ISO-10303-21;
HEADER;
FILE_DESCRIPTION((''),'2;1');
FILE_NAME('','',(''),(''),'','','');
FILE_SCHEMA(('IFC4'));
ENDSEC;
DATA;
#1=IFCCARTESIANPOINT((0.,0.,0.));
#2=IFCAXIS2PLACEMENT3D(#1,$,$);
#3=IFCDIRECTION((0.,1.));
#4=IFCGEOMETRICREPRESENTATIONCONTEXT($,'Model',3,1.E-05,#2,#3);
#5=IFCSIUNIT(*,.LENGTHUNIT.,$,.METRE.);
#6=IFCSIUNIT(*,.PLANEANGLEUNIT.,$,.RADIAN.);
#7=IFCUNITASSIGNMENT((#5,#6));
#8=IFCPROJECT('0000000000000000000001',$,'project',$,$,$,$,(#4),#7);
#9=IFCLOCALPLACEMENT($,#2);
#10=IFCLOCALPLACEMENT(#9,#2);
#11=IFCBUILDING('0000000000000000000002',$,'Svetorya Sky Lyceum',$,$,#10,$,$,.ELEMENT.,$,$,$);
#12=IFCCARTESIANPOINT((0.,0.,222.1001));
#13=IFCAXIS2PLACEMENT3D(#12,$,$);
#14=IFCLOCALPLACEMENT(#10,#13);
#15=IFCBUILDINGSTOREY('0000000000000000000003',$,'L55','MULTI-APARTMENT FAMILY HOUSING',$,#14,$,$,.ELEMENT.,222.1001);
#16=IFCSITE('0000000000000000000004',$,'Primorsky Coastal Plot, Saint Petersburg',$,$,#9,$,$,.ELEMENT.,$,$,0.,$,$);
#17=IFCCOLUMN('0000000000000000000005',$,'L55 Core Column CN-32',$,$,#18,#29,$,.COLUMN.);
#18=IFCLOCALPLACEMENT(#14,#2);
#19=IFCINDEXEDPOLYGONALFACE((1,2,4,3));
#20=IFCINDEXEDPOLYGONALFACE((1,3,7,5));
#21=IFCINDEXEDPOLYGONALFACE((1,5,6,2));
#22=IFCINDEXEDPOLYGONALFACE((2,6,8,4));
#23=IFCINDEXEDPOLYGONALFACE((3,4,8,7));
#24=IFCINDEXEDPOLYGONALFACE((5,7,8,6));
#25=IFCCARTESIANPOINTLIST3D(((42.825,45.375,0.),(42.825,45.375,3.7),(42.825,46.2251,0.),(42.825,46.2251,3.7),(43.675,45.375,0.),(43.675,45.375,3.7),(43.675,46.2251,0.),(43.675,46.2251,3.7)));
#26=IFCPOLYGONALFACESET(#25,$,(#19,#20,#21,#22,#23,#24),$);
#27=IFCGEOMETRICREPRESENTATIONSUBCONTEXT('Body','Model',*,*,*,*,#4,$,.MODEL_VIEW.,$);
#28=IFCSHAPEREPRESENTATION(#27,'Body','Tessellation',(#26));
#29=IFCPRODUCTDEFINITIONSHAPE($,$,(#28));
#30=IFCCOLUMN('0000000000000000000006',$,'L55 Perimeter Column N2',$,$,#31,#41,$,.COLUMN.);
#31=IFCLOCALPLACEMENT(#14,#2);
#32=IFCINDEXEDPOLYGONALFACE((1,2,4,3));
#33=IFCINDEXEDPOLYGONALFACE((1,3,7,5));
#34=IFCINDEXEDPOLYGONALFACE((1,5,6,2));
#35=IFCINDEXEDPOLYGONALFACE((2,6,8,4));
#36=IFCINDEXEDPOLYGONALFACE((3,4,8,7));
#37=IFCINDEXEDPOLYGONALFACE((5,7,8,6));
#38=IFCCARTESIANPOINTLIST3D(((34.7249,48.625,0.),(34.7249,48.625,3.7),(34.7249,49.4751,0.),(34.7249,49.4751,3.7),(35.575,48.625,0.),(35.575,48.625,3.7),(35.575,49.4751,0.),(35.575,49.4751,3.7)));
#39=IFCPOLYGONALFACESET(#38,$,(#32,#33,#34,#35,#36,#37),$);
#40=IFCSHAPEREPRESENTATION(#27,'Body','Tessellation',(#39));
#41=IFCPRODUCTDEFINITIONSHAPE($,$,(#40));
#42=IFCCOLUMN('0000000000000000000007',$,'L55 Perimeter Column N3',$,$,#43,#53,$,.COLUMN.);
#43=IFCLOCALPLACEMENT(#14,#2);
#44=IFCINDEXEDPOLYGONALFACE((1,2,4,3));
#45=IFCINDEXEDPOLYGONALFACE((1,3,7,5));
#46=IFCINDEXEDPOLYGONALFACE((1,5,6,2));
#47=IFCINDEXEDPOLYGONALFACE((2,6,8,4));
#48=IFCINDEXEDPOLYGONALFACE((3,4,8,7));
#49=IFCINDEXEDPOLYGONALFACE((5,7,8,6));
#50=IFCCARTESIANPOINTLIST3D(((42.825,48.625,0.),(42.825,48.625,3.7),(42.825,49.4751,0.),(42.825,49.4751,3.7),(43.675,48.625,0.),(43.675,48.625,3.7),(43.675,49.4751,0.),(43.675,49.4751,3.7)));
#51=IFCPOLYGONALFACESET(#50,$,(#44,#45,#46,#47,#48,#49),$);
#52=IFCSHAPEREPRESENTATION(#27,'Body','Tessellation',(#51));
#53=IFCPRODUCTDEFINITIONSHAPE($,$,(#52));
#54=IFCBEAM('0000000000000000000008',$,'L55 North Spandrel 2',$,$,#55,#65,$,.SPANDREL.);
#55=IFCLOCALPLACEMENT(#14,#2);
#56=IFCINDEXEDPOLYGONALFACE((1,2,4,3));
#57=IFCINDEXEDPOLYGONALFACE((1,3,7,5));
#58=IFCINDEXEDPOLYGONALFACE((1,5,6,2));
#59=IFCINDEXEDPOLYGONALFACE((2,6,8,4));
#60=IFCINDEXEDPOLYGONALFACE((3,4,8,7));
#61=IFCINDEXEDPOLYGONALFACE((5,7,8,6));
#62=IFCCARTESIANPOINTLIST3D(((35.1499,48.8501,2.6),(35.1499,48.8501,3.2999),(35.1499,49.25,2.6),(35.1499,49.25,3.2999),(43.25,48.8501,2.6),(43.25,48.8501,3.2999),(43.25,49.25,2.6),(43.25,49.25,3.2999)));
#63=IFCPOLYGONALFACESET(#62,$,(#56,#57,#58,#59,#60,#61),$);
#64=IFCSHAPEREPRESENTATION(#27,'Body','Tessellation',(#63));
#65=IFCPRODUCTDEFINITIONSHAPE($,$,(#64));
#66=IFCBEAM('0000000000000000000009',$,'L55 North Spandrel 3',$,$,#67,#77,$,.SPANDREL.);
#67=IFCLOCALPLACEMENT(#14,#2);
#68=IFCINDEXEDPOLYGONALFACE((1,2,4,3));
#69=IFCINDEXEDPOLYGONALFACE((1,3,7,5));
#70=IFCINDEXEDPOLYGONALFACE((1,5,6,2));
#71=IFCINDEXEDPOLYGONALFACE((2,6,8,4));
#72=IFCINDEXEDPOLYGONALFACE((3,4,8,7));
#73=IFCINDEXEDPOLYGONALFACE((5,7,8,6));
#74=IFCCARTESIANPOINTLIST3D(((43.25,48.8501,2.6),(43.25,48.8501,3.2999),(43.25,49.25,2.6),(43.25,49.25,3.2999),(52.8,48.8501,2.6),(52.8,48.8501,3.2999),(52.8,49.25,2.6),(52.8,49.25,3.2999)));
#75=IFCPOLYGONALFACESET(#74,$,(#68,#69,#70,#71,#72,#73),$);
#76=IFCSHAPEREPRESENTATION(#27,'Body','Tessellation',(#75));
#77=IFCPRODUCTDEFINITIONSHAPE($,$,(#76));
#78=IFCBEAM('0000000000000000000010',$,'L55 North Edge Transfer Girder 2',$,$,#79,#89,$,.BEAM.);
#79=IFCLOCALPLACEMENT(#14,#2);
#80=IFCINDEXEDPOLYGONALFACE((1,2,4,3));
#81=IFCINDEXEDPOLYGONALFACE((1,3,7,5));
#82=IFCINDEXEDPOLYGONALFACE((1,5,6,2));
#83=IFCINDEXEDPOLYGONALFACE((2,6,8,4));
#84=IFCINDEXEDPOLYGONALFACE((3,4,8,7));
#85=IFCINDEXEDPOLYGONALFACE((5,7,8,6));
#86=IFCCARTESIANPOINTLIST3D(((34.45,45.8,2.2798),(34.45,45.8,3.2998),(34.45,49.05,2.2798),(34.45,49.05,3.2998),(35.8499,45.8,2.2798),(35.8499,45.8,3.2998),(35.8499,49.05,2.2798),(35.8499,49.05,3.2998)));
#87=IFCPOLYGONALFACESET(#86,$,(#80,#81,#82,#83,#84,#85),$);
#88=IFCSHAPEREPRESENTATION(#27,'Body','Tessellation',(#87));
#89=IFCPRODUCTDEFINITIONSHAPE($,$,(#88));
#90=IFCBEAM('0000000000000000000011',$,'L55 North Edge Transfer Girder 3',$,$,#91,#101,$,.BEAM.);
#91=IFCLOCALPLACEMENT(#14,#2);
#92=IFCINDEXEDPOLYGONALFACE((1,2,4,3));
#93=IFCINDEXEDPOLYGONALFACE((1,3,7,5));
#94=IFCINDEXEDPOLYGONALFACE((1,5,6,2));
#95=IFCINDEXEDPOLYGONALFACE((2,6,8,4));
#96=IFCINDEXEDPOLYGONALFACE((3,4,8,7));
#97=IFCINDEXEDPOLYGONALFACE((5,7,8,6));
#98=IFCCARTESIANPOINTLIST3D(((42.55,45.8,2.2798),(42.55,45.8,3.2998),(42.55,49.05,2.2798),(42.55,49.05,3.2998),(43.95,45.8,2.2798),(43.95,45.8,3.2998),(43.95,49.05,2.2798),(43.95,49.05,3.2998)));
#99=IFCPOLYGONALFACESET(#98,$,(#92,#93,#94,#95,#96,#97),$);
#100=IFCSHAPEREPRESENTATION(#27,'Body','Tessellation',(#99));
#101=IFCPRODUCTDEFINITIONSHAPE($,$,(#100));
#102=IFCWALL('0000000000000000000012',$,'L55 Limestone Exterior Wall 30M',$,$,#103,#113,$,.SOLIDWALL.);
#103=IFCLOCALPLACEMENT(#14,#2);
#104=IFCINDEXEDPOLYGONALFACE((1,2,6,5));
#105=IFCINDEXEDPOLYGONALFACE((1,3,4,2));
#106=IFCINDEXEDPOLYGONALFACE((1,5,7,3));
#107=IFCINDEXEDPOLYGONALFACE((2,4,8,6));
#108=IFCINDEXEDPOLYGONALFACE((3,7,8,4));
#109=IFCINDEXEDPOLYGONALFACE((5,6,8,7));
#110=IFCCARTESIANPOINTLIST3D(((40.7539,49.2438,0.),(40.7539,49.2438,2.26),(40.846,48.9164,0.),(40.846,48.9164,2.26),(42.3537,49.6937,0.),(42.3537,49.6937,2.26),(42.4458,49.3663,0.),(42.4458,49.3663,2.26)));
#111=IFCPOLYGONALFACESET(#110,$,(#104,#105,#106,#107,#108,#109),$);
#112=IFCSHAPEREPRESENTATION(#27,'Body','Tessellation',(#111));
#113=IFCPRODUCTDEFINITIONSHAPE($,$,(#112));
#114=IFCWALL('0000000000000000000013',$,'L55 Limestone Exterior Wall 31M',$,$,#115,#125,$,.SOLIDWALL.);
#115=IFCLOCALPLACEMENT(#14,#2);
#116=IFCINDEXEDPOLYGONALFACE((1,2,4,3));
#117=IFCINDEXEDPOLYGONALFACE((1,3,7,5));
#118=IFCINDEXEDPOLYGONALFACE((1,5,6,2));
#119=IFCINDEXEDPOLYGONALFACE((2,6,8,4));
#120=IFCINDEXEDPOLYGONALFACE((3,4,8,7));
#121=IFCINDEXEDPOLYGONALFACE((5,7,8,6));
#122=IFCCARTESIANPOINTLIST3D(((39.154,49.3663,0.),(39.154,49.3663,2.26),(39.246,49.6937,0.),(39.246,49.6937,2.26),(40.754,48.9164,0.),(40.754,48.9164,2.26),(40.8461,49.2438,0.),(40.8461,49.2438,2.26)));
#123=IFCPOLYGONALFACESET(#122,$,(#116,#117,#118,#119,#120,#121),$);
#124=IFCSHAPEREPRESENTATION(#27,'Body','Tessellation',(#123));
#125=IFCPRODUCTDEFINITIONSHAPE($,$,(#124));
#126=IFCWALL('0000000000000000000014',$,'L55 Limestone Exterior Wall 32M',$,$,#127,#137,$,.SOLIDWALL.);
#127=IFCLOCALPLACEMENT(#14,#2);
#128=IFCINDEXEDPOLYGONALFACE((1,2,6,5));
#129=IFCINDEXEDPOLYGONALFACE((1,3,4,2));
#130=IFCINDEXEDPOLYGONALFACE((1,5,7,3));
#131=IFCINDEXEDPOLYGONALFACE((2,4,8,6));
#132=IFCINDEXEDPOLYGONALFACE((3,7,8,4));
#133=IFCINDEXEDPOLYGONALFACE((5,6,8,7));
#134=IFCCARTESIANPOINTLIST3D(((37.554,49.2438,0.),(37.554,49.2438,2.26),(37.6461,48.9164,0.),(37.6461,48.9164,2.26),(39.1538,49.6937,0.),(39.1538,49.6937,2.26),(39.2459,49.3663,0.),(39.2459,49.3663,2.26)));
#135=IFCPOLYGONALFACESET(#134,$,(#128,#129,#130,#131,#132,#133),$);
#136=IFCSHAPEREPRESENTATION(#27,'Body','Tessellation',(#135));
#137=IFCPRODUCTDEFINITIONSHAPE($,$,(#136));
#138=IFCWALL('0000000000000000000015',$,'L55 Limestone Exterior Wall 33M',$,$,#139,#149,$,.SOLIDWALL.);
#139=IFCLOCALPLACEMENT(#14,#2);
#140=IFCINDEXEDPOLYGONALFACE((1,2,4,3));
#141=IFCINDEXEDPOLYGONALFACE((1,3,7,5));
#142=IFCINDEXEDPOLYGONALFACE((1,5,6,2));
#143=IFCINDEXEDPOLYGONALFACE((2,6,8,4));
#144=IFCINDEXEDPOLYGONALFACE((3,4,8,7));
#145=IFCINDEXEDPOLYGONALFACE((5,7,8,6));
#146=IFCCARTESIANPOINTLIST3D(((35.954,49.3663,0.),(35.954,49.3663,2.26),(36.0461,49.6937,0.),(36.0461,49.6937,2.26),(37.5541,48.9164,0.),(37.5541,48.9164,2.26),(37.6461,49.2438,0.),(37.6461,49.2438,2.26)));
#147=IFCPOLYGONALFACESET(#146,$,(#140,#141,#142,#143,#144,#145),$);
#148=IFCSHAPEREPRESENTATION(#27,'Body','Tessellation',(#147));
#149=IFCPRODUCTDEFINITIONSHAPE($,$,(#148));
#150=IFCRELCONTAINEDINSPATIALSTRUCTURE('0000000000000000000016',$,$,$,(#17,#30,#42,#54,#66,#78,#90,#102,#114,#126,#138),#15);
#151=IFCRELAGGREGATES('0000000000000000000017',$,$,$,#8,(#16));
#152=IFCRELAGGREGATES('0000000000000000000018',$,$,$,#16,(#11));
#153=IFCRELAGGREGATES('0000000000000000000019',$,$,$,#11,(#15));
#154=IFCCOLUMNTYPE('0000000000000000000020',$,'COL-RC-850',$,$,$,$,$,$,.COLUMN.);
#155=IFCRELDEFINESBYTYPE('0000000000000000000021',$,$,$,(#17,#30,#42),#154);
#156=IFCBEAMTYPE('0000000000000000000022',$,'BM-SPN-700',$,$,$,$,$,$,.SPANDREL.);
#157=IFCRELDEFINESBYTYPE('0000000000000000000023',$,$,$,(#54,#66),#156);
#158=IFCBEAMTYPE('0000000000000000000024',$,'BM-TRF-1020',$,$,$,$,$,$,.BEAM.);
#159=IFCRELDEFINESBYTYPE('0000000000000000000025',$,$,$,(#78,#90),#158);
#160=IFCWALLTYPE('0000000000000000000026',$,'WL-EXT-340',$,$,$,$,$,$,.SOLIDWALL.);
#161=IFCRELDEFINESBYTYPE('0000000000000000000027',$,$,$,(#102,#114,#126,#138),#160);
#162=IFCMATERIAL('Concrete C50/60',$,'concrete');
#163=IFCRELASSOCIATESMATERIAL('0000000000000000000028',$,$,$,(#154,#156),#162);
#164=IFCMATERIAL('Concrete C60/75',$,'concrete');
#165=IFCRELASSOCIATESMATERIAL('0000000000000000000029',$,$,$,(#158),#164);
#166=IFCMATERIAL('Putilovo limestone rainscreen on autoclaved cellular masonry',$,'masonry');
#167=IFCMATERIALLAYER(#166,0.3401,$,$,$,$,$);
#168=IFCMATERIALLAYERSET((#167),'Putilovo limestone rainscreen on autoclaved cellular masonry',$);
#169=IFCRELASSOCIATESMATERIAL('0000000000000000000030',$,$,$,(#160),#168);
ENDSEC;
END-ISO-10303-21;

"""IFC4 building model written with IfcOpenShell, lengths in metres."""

from ifc_helpers import new_model, si_unit, direction, frame, frame_2d, origin, origin_2d, place, context, subcontext, project, spatial, rectangle, extrude, material, layer, layer_set, material_profile, profile_set, type_object, element, save


model = new_model("IFC4")

# Units and contexts
model_context = context("Model", 3, precision=1e-05, world=origin(), true_north=direction((0.0, 1.0)))
body_context = subcontext(model_context, "Body", "Model", "MODEL_VIEW")
ifc_project = project(units=[si_unit("LENGTHUNIT", "METRE"), si_unit("PLANEANGLEUNIT", "RADIAN")], contexts=[model_context])

# Site, building, storey
site_placement = place(None, origin())
site = spatial("IfcSite", under=ifc_project, at=site_placement, Name="Primorsky Coastal Plot, Saint Petersburg", CompositionType="ELEMENT", RefElevation=0.0)
building_placement = place(site_placement, origin())
building = spatial("IfcBuilding", under=site, at=building_placement, Name="Svetorya Sky Lyceum", CompositionType="ELEMENT")
storey_placement = place(building_placement, frame((0.0, 0.0, 222.1001)))
storey = spatial("IfcBuildingStorey", under=building, at=storey_placement, Name="L55", Description="MULTI-APARTMENT FAMILY HOUSING", CompositionType="ELEMENT", Elevation=222.1001)

# Columns
ifc_material_1 = material(Name="Concrete C50/60", Category="concrete")
ifc_material_profile_1 = material_profile(ifc_material_1, rectangle(XDim=0.8501, YDim=0.8501, at=origin_2d()), Name="RC COL 850x850")
ifc_profile_set_1 = profile_set([ifc_material_profile_1], Name="Concrete C50/60")
column_type = type_object("IfcColumnType", Name="COL-RC-850", PredefinedType="COLUMN", material=ifc_profile_set_1)
for number, where, z_axis, x_axis, name in (
    (1, (43.25, 45.8, 0.0), (0.0, 0.0, 1.0), (1.0, 0.0, 0.0), "L55 Core Column CN-32"),
    (2, (35.1499, 49.05, 0.0), (0.0, 0.0, 1.0), (1.0, 0.0, 0.0), "L55 Perimeter Column N2"),
    (3, (43.25, 49.05, 0.0), (0.0, 0.0, 1.0), (1.0, 0.0, 0.0), "L55 Perimeter Column N3"),
):
    element("IfcColumn", number, at=place(storey_placement, frame(where, z_axis=z_axis, x_axis=x_axis)), inside=storey, type_object=column_type, Name=name, PredefinedType="COLUMN", context=body_context, shape_type="SweptSolid", body=[
        extrude(rectangle(XDim=0.8501, YDim=0.8501, at=origin_2d()), origin(), (0.0, 0.0, 1.0), 3.7),
    ])

# Beams
ifc_material_profile_2 = material_profile(ifc_material_1, rectangle(XDim=0.3999, YDim=0.7, at=origin_2d()), Name="RC SPANDREL 400x700")
ifc_profile_set_2 = profile_set([ifc_material_profile_2], Name="Concrete C50/60")
beam_type_1 = type_object("IfcBeamType", Name="BM-SPN-700", PredefinedType="SPANDREL", material=ifc_profile_set_2)
beam_1_placement = place(storey_placement, frame((35.1499, 49.05, 2.95), z_axis=(1.0, 0.0, 0.0), x_axis=(0.0, 1.0, 0.0)))
element("IfcBeam", 4, at=beam_1_placement, inside=storey, type_object=beam_type_1, Name="L55 North Spandrel 2", PredefinedType="SPANDREL", context=body_context, shape_type="SweptSolid", body=[
    extrude(rectangle(XDim=0.3999, YDim=0.7, at=origin_2d()), origin(), (0.0, 0.0, 1.0), 8.1001),
])
beam_2_placement = place(storey_placement, frame((43.25, 49.05, 2.95), z_axis=(1.0, 0.0, 0.0), x_axis=(0.0, 1.0, 0.0)))
element("IfcBeam", 5, at=beam_2_placement, inside=storey, type_object=beam_type_1, Name="L55 North Spandrel 3", PredefinedType="SPANDREL", context=body_context, shape_type="SweptSolid", body=[
    extrude(rectangle(XDim=0.3999, YDim=0.7, at=origin_2d()), origin(), (0.0, 0.0, 1.0), 9.55),
])
ifc_material_2 = material(Name="Concrete C60/75", Category="concrete")
ifc_material_profile_3 = material_profile(ifc_material_2, rectangle(XDim=1.3999, YDim=1.02, at=origin_2d()), Name="RC TRANSFER 1400x1020")
ifc_profile_set_3 = profile_set([ifc_material_profile_3], Name="Concrete C60/75")
beam_type_2 = type_object("IfcBeamType", Name="BM-TRF-1020", PredefinedType="BEAM", material=ifc_profile_set_3)
for number, where, z_axis, x_axis, name in (
    (6, (35.1499, 45.8, 2.7898), (0.0, 1.0, 0.0), (-1.0, 0.0, 0.0), "L55 North Edge Transfer Girder 2"),
    (7, (43.25, 45.8, 2.7898), (0.0, 1.0, 0.0), (-1.0, 0.0, 0.0), "L55 North Edge Transfer Girder 3"),
):
    element("IfcBeam", number, at=place(storey_placement, frame(where, z_axis=z_axis, x_axis=x_axis)), inside=storey, type_object=beam_type_2, Name=name, PredefinedType="BEAM", context=body_context, shape_type="SweptSolid", body=[
        extrude(rectangle(XDim=1.3999, YDim=1.02, at=origin_2d()), origin(), (0.0, 0.0, 1.0), 3.25),
    ])

# Walls
ifc_material_3 = material(Name="Putilovo limestone rainscreen on autoclaved cellular masonry", Category="masonry")
ifc_layer_1 = layer(ifc_material_3, 0.3401)
ifc_layer_set_1 = layer_set([ifc_layer_1], Name="Putilovo limestone rainscreen on autoclaved cellular masonry")
wall_type_1 = type_object("IfcWallType", Name="WL-EXT-340", PredefinedType="SOLIDWALL", material=ifc_layer_set_1)
wall_1_placement = place(storey_placement, frame((42.3999, 49.53, 0.0), z_axis=(0.0, 0.0, 1.0), x_axis=(-0.962652, -0.270741, 0.0)))
element("IfcWall", 8, at=wall_1_placement, inside=storey, type_object=wall_type_1, Name="L55 Limestone Exterior Wall 30M", PredefinedType="SOLIDWALL", context=body_context, shape_type="SweptSolid", body=[
    extrude(rectangle(XDim=1.6619, YDim=0.3401, at=frame_2d((0.8311, 0.0))), origin(), (0.0, 0.0, 1.0), 2.26),
])
wall_2_placement = place(storey_placement, frame((40.8, 49.0801, 0.0), z_axis=(0.0, 0.0, 1.0), x_axis=(-0.962663, 0.270703, 0.0)))
element("IfcWall", 9, at=wall_2_placement, inside=storey, type_object=wall_type_1, Name="L55 Limestone Exterior Wall 31M", PredefinedType="SOLIDWALL", context=body_context, shape_type="SweptSolid", body=[
    extrude(rectangle(XDim=1.6621, YDim=0.3401, at=frame_2d((0.8311, 0.0))), origin(), (0.0, 0.0, 1.0), 2.26),
])
wall_3_placement = place(storey_placement, frame((39.2, 49.53, 0.0), z_axis=(0.0, 0.0, 1.0), x_axis=(-0.962652, -0.270741, 0.0)))
element("IfcWall", 10, at=wall_3_placement, inside=storey, type_object=wall_type_1, Name="L55 Limestone Exterior Wall 32M", PredefinedType="SOLIDWALL", context=body_context, shape_type="SweptSolid", body=[
    extrude(rectangle(XDim=1.6619, YDim=0.3401, at=frame_2d((0.8311, 0.0))), origin(), (0.0, 0.0, 1.0), 2.26),
])
wall_4_placement = place(storey_placement, frame((37.6001, 49.0801, 0.0), z_axis=(0.0, 0.0, 1.0), x_axis=(-0.962663, 0.270703, 0.0)))
element("IfcWall", 11, at=wall_4_placement, inside=storey, type_object=wall_type_1, Name="L55 Limestone Exterior Wall 33M", PredefinedType="SOLIDWALL", context=body_context, shape_type="SweptSolid", body=[
    extrude(rectangle(XDim=1.6621, YDim=0.3401, at=frame_2d((0.8311, 0.0))), origin(), (0.0, 0.0, 1.0), 2.26),
])

save(model, "model.ifc")
